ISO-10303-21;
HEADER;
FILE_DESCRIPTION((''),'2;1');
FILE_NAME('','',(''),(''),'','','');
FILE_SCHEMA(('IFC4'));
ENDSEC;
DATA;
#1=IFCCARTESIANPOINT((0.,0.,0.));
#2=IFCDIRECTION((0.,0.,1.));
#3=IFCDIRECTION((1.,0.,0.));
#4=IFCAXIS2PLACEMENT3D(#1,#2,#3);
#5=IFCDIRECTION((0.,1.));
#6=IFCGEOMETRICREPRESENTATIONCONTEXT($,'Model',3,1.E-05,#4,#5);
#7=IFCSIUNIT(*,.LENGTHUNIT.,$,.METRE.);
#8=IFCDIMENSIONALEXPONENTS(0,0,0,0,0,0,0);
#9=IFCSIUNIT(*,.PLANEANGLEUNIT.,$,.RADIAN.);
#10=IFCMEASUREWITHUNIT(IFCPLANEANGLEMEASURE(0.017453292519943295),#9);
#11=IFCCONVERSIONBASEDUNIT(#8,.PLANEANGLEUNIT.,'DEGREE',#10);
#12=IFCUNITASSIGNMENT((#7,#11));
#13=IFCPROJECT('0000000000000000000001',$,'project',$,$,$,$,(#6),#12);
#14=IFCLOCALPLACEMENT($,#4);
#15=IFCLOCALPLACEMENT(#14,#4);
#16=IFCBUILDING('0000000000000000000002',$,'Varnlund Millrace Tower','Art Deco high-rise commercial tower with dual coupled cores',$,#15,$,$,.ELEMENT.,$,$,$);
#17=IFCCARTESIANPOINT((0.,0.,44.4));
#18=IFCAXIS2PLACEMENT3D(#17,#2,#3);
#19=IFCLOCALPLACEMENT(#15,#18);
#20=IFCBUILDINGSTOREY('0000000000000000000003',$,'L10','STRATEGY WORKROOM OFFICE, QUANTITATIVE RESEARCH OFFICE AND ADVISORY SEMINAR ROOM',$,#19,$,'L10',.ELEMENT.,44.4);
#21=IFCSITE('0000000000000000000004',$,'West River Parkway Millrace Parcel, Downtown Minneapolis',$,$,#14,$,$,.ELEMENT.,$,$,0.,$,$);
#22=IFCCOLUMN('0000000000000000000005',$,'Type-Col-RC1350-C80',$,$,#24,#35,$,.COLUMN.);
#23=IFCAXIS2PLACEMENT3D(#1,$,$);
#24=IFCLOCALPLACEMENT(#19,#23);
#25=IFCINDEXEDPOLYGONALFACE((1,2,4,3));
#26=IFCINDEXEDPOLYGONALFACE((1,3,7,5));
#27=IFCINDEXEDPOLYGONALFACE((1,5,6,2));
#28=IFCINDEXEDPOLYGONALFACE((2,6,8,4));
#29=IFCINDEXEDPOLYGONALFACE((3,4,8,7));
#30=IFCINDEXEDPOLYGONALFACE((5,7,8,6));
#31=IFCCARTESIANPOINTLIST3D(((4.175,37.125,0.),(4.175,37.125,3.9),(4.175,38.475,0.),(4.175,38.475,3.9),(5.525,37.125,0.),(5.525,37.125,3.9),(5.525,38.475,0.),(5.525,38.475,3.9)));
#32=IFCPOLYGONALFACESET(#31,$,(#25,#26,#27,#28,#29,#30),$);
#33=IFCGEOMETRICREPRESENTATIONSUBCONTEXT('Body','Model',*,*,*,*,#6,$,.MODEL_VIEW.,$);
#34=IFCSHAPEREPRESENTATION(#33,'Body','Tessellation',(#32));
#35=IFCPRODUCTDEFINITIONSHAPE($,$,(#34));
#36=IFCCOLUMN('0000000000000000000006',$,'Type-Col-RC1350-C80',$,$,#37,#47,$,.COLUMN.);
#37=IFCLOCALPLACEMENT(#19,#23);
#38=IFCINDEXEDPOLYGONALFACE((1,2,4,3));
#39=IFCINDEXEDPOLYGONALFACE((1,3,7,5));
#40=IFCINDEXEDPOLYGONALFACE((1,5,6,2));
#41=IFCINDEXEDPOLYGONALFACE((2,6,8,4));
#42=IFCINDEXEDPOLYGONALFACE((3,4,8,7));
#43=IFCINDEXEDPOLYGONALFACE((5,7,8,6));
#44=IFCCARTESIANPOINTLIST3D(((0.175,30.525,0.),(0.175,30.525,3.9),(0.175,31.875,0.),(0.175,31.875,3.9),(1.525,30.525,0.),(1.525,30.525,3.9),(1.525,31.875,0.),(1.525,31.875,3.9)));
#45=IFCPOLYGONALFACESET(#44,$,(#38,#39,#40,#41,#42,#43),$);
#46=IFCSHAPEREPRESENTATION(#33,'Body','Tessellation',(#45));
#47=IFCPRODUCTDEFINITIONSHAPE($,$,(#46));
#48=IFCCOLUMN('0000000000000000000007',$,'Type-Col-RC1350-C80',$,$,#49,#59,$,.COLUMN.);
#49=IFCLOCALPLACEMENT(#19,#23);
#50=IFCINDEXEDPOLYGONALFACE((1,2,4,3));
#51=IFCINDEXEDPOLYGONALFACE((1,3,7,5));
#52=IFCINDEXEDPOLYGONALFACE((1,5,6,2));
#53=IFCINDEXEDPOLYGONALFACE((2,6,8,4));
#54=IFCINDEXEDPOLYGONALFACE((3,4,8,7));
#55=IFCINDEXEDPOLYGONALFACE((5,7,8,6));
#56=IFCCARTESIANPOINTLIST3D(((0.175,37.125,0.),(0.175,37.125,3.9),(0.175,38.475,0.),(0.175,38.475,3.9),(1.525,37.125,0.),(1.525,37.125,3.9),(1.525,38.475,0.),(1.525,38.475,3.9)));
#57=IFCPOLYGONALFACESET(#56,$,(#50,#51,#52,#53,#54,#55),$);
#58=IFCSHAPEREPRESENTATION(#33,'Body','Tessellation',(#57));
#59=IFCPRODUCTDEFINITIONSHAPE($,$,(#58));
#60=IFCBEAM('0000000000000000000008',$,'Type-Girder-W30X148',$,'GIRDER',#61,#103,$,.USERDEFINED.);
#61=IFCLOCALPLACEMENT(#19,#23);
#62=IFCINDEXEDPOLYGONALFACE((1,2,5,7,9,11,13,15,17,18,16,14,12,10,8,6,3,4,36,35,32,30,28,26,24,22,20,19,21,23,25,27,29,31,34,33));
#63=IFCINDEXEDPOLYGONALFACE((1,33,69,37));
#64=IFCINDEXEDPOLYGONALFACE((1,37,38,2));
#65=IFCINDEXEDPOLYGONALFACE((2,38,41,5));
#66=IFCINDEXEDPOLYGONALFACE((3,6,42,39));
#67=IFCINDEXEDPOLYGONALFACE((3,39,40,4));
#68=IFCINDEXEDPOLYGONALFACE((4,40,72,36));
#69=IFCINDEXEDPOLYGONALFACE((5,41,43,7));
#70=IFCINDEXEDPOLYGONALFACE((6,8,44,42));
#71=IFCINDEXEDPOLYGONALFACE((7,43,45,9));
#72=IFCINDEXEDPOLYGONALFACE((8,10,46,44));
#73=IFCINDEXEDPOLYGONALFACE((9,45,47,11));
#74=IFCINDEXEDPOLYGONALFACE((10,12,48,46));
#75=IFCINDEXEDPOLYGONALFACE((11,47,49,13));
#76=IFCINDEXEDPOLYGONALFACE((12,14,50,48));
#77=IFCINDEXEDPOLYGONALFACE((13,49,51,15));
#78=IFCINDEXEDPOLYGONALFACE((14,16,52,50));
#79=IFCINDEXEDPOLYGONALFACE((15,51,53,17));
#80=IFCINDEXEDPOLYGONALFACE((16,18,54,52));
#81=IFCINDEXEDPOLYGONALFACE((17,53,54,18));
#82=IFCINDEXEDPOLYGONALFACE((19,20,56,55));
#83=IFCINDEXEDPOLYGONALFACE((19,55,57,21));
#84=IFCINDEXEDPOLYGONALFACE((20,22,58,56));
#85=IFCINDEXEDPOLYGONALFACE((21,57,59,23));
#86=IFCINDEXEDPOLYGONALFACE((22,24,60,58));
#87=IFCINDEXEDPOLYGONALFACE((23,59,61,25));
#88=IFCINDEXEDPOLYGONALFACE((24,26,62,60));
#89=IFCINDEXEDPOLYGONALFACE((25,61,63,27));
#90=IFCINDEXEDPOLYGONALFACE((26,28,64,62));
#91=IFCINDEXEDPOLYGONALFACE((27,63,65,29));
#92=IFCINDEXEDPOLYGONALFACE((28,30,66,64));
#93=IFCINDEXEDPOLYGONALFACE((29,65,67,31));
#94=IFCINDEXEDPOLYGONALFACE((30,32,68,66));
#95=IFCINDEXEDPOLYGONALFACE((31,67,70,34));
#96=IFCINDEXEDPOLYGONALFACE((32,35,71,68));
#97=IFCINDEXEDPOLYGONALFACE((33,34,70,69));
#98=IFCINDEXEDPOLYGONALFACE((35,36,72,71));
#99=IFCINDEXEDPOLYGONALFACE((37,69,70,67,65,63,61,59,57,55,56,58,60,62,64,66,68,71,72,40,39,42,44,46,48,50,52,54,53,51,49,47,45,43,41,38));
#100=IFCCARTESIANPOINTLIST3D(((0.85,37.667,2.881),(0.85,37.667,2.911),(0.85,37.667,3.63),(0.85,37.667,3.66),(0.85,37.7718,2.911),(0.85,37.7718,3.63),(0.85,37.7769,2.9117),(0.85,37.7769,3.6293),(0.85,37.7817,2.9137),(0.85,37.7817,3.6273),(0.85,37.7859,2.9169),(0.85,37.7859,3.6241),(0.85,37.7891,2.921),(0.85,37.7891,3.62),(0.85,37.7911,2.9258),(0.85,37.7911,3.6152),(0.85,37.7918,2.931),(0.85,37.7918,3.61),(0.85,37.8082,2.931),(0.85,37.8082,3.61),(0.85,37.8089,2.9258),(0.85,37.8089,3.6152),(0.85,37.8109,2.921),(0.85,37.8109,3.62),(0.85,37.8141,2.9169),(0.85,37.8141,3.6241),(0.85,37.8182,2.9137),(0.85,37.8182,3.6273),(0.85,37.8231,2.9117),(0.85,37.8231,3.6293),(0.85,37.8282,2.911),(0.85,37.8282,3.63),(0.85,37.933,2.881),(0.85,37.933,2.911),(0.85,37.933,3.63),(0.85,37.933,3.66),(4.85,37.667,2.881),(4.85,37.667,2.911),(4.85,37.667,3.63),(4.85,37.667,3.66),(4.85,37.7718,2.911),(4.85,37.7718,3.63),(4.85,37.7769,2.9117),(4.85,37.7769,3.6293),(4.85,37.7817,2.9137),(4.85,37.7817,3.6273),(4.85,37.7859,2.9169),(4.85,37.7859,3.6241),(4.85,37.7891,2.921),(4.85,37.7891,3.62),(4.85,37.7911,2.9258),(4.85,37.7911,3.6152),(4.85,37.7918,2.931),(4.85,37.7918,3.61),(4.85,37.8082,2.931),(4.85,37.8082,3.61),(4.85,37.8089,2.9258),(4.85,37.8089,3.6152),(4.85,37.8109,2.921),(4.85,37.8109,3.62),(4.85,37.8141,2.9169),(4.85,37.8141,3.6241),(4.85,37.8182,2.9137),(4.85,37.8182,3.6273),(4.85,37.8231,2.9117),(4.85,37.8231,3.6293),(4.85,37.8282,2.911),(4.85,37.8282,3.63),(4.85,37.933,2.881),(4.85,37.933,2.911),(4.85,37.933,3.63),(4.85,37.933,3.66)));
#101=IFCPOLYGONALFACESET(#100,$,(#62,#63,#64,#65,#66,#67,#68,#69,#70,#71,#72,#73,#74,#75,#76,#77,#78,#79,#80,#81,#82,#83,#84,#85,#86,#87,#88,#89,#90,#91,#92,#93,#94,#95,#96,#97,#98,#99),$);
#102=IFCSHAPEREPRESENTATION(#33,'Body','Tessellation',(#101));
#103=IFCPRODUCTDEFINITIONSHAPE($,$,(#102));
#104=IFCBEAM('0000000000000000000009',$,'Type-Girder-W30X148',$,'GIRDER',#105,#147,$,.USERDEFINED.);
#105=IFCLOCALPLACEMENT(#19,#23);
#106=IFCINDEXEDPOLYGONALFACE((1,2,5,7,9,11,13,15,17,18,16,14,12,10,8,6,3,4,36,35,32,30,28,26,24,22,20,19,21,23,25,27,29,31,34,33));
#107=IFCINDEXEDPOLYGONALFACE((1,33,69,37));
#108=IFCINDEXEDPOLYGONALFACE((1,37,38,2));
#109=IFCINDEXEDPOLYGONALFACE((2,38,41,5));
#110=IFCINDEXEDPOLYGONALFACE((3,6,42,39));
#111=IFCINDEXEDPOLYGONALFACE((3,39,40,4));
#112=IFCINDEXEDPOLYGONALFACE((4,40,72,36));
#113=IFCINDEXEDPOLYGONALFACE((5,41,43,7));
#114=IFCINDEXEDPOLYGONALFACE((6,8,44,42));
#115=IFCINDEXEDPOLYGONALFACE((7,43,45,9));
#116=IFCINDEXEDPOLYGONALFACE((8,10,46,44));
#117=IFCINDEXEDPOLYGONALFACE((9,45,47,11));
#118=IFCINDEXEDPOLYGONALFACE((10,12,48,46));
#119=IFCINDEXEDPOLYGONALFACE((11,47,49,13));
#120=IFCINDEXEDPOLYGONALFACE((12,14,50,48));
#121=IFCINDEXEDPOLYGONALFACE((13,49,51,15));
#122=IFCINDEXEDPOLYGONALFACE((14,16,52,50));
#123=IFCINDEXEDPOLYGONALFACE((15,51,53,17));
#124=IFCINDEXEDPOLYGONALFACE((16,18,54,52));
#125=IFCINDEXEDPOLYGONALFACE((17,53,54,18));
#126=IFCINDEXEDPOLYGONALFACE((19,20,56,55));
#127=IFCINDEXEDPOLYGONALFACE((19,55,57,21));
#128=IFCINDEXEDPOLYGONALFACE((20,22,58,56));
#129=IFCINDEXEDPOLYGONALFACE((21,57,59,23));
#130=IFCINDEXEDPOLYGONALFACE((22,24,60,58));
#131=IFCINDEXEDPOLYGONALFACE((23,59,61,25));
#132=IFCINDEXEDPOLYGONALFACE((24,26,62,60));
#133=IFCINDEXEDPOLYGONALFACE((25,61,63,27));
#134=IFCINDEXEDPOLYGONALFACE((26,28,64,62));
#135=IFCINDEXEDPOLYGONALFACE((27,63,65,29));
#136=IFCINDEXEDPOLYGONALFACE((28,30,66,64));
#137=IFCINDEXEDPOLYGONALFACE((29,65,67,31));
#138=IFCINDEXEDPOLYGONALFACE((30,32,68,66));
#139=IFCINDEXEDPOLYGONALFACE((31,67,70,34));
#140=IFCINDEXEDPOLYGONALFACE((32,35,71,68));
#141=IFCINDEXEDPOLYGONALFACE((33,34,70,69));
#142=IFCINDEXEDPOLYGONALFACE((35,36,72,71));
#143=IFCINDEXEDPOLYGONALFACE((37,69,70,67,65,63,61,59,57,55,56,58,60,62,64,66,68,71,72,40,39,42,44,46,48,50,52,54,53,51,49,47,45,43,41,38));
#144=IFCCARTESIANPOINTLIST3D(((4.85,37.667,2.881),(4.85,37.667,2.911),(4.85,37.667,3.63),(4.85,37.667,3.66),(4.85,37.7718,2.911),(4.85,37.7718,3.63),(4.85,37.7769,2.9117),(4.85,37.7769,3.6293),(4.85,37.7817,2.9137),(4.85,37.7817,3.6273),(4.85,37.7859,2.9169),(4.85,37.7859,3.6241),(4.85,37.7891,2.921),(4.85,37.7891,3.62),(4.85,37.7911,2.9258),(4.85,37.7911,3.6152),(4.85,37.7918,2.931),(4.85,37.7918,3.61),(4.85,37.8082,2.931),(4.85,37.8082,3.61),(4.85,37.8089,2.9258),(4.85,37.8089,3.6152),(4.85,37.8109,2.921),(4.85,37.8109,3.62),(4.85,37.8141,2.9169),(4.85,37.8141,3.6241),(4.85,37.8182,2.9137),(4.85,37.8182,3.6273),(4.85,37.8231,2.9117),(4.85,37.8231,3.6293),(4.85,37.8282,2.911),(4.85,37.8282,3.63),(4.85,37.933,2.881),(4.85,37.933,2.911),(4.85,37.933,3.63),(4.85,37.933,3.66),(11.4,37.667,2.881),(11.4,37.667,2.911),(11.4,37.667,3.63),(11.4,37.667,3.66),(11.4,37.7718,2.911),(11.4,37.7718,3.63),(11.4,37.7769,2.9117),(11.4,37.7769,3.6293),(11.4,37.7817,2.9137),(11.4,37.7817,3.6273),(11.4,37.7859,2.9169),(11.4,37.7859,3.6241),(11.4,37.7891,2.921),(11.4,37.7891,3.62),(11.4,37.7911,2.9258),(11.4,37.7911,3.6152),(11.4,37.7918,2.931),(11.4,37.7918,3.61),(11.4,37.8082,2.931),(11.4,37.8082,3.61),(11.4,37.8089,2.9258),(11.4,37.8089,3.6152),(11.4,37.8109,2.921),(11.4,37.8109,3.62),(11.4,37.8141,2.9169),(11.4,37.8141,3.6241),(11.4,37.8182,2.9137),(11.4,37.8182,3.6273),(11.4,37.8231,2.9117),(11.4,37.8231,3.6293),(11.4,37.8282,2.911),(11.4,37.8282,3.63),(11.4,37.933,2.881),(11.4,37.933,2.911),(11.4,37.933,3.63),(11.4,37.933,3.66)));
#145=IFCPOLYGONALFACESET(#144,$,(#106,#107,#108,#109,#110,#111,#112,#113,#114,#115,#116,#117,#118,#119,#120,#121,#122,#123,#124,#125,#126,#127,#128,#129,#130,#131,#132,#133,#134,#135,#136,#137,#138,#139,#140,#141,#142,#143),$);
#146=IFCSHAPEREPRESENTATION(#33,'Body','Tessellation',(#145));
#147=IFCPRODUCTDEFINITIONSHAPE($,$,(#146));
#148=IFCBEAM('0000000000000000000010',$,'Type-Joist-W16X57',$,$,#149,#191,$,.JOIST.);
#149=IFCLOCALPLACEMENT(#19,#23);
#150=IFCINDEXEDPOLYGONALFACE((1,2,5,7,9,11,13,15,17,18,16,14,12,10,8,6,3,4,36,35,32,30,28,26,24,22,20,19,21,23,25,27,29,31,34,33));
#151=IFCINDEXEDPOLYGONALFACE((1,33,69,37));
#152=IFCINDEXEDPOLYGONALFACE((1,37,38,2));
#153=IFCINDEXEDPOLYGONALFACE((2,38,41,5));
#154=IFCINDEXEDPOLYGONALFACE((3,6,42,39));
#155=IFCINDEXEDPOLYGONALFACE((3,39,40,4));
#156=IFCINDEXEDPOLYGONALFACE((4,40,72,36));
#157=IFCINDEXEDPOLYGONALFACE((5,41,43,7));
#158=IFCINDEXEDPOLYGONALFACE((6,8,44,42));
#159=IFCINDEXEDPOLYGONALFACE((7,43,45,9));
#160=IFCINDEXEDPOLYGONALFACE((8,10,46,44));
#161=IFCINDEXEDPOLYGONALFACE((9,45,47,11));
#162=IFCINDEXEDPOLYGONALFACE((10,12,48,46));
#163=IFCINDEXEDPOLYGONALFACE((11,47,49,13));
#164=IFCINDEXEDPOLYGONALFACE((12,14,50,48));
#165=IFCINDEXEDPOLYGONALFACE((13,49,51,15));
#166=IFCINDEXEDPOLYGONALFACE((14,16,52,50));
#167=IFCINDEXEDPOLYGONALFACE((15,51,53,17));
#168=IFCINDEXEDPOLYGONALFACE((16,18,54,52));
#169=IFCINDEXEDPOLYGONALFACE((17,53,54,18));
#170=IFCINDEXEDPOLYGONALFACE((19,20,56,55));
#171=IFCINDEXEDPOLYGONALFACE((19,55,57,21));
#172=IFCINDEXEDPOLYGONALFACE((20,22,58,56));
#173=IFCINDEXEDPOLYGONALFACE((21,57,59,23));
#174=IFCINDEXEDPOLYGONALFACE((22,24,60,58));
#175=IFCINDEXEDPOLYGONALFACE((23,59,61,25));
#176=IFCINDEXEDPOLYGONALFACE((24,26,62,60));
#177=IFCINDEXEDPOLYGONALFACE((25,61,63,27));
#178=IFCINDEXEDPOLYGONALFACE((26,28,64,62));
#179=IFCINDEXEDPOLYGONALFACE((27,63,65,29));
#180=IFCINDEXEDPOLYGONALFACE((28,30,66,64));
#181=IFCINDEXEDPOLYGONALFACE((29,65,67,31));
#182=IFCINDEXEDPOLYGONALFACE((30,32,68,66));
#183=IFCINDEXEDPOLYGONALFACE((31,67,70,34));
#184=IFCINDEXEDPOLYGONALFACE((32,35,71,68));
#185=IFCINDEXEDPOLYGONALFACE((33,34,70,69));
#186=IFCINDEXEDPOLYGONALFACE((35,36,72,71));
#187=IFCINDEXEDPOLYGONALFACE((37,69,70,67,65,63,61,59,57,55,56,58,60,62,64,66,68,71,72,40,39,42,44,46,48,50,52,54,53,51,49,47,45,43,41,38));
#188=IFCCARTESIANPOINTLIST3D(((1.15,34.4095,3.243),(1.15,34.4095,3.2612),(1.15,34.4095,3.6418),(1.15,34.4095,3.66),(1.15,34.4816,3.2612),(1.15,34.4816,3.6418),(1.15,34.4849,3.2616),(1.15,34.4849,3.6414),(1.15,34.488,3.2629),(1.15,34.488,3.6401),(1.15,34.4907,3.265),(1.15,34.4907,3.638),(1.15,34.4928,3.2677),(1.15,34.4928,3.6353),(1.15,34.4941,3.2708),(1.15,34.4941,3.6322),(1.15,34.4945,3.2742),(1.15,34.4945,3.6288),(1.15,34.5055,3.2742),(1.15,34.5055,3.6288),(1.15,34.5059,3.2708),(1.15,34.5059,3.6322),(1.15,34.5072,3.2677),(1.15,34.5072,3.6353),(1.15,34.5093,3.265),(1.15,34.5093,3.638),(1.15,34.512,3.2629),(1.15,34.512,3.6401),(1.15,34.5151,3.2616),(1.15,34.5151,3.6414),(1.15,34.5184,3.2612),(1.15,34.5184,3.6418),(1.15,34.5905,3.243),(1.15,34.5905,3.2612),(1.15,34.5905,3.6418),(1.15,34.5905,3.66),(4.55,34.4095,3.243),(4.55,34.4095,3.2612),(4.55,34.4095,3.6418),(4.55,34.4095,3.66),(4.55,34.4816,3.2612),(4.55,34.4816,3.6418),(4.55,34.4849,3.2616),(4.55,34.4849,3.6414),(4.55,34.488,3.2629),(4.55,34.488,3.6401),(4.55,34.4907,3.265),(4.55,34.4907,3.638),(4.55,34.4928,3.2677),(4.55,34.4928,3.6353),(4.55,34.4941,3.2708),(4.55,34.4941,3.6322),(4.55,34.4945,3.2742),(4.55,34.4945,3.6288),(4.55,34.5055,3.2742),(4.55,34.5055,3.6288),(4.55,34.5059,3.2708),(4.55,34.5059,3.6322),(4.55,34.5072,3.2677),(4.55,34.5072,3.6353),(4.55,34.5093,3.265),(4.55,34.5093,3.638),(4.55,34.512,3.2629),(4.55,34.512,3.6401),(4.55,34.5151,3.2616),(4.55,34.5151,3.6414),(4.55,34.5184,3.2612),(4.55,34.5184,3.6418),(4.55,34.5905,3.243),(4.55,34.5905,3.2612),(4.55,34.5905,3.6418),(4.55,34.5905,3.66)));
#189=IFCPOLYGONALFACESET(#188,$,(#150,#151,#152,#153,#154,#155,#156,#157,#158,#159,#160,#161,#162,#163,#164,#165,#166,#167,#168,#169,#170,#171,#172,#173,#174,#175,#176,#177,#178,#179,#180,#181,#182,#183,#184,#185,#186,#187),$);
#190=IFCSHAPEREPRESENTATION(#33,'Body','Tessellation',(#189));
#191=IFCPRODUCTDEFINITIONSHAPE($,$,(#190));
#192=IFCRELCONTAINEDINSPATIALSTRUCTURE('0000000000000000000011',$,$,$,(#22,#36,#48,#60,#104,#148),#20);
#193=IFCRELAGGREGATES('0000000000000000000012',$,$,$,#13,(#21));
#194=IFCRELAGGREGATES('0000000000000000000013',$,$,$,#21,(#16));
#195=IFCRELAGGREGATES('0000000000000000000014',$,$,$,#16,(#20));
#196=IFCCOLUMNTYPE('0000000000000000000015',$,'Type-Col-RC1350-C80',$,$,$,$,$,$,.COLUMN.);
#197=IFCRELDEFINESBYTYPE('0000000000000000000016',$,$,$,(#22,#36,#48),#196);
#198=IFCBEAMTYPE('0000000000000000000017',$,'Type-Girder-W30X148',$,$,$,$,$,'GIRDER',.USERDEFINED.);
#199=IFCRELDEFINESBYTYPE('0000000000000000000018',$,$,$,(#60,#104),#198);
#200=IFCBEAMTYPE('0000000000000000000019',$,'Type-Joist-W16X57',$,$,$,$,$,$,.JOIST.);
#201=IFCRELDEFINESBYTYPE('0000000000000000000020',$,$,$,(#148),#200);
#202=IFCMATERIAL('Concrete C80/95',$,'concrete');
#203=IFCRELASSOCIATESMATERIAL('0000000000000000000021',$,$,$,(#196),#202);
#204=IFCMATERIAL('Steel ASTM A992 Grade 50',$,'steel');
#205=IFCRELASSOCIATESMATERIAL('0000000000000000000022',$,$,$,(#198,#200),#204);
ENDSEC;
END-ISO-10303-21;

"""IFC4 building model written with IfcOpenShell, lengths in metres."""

from ifc_helpers import new_model, entity, si_unit, converted_unit, direction, frame, origin_with_axes, origin_2d_with_axis, place, context, subcontext, project, spatial, rectangle, i_section, extrude, material, material_profile, profile_set, type_object, element, save


model = new_model("IFC4")

# Units and contexts
model_context = context("Model", 3, precision=1e-05, world=origin_with_axes(), true_north=direction((0.0, 1.0)))
body_context = subcontext(model_context, "Body", "Model", "MODEL_VIEW")
ifc_project = project(units=[si_unit("LENGTHUNIT", "METRE"), converted_unit("PLANEANGLEUNIT", "DEGREE", entity("IfcPlaneAngleMeasure", 0.017453292519943295), si_unit("PLANEANGLEUNIT", "RADIAN"), dimensions=[0, 0, 0, 0, 0, 0, 0])], contexts=[model_context])

# Site, building, storey
site_placement = place(None, origin_with_axes())
site = spatial("IfcSite", under=ifc_project, at=site_placement, Name="West River Parkway Millrace Parcel, Downtown Minneapolis", CompositionType="ELEMENT", RefElevation=0.0)
building_placement = place(site_placement, origin_with_axes())
building = spatial("IfcBuilding", under=site, at=building_placement, Name="Varnlund Millrace Tower", Description="Art Deco high-rise commercial tower with dual coupled cores", CompositionType="ELEMENT")
storey_placement = place(building_placement, frame((0.0, 0.0, 44.4), z_axis=(0.0, 0.0, 1.0), x_axis=(1.0, 0.0, 0.0)))
storey = spatial("IfcBuildingStorey", under=building, at=storey_placement, Name="L10", Description="STRATEGY WORKROOM OFFICE, QUANTITATIVE RESEARCH OFFICE AND ADVISORY SEMINAR ROOM", LongName="L10", CompositionType="ELEMENT", Elevation=44.4)

# Columns
ifc_material_1 = material(Name="Concrete C80/95", Category="concrete")
ifc_material_profile_1 = material_profile(ifc_material_1, rectangle(XDim=1.35, YDim=1.35, at=origin_2d_with_axis()), Name="Concrete C80/95")
ifc_profile_set_1 = profile_set([ifc_material_profile_1], Name="Concrete C80/95")
column_type = type_object("IfcColumnType", Name="Type-Col-RC1350-C80", PredefinedType="COLUMN", material=ifc_profile_set_1)
for number, where, z_axis, x_axis, name in (
    (1, (4.85, 37.8, 0.0), (0.0, 0.0, 1.0), (1.0, 0.0, 0.0), "Type-Col-RC1350-C80"),
    (2, (0.85, 31.2, 0.0), (0.0, 0.0, 1.0), (1.0, 0.0, 0.0), "Type-Col-RC1350-C80"),
    (3, (0.85, 37.8, 0.0), (0.0, 0.0, 1.0), (1.0, 0.0, 0.0), "Type-Col-RC1350-C80"),
):
    element("IfcColumn", number, at=place(storey_placement, frame(where, z_axis=z_axis, x_axis=x_axis)), inside=storey, type_object=column_type, Name=name, PredefinedType="COLUMN", context=body_context, shape_type="SweptSolid", body=[
        extrude(rectangle(XDim=1.35, YDim=1.35, at=origin_2d_with_axis()), origin_with_axes(), (0.0, 0.0, 1.0), 3.9),
    ])

# Beams
ifc_material_2 = material(Name="Steel ASTM A992 Grade 50", Category="steel")
ifc_material_profile_2 = material_profile(ifc_material_2, i_section(OverallWidth=0.266, OverallDepth=0.779, WebThickness=0.0165, FlangeThickness=0.03, FilletRadius=0.02, at=origin_2d_with_axis()), Name="Steel ASTM A992 Grade 50")
ifc_profile_set_2 = profile_set([ifc_material_profile_2], Name="Steel ASTM A992 Grade 50")
beam_type_1 = type_object("IfcBeamType", Name="Type-Girder-W30X148", ElementType="GIRDER", PredefinedType="USERDEFINED", material=ifc_profile_set_2)
beam_1_placement = place(storey_placement, frame((0.85, 37.8, 3.2705), z_axis=(1.0, 0.0, 0.0), x_axis=(0.0, 1.0, 0.0)))
element("IfcBeam", 4, at=beam_1_placement, inside=storey, type_object=beam_type_1, Name="Type-Girder-W30X148", ObjectType="GIRDER", PredefinedType="USERDEFINED", context=body_context, shape_type="SweptSolid", body=[
    extrude(i_section(OverallWidth=0.266, OverallDepth=0.779, WebThickness=0.0165, FlangeThickness=0.03, FilletRadius=0.02, at=origin_2d_with_axis()), origin_with_axes(), (0.0, 0.0, 1.0), 4.0),
])
beam_2_placement = place(storey_placement, frame((4.85, 37.8, 3.2705), z_axis=(1.0, 0.0, 0.0), x_axis=(0.0, 1.0, 0.0)))
element("IfcBeam", 5, at=beam_2_placement, inside=storey, type_object=beam_type_1, Name="Type-Girder-W30X148", ObjectType="GIRDER", PredefinedType="USERDEFINED", context=body_context, shape_type="SweptSolid", body=[
    extrude(i_section(OverallWidth=0.266, OverallDepth=0.779, WebThickness=0.0165, FlangeThickness=0.03, FilletRadius=0.02, at=origin_2d_with_axis()), origin_with_axes(), (0.0, 0.0, 1.0), 6.55),
])
ifc_material_profile_3 = material_profile(ifc_material_2, i_section(OverallWidth=0.181, OverallDepth=0.417, WebThickness=0.0109, FlangeThickness=0.0182, FilletRadius=0.013, at=origin_2d_with_axis()), Name="Steel ASTM A992 Grade 50")
ifc_profile_set_3 = profile_set([ifc_material_profile_3], Name="Steel ASTM A992 Grade 50")
beam_type_2 = type_object("IfcBeamType", Name="Type-Joist-W16X57", PredefinedType="JOIST", material=ifc_profile_set_3)
beam_3_placement = place(storey_placement, frame((1.15, 34.5, 3.4515), z_axis=(1.0, 0.0, 0.0), x_axis=(0.0, 1.0, 0.0)))
element("IfcBeam", 6, at=beam_3_placement, inside=storey, type_object=beam_type_2, Name="Type-Joist-W16X57", PredefinedType="JOIST", context=body_context, shape_type="SweptSolid", body=[
    extrude(i_section(OverallWidth=0.181, OverallDepth=0.417, WebThickness=0.0109, FlangeThickness=0.0182, FilletRadius=0.013, at=origin_2d_with_axis()), origin_with_axes(), (0.0, 0.0, 1.0), 3.4),
])

save(model, "model.ifc")
